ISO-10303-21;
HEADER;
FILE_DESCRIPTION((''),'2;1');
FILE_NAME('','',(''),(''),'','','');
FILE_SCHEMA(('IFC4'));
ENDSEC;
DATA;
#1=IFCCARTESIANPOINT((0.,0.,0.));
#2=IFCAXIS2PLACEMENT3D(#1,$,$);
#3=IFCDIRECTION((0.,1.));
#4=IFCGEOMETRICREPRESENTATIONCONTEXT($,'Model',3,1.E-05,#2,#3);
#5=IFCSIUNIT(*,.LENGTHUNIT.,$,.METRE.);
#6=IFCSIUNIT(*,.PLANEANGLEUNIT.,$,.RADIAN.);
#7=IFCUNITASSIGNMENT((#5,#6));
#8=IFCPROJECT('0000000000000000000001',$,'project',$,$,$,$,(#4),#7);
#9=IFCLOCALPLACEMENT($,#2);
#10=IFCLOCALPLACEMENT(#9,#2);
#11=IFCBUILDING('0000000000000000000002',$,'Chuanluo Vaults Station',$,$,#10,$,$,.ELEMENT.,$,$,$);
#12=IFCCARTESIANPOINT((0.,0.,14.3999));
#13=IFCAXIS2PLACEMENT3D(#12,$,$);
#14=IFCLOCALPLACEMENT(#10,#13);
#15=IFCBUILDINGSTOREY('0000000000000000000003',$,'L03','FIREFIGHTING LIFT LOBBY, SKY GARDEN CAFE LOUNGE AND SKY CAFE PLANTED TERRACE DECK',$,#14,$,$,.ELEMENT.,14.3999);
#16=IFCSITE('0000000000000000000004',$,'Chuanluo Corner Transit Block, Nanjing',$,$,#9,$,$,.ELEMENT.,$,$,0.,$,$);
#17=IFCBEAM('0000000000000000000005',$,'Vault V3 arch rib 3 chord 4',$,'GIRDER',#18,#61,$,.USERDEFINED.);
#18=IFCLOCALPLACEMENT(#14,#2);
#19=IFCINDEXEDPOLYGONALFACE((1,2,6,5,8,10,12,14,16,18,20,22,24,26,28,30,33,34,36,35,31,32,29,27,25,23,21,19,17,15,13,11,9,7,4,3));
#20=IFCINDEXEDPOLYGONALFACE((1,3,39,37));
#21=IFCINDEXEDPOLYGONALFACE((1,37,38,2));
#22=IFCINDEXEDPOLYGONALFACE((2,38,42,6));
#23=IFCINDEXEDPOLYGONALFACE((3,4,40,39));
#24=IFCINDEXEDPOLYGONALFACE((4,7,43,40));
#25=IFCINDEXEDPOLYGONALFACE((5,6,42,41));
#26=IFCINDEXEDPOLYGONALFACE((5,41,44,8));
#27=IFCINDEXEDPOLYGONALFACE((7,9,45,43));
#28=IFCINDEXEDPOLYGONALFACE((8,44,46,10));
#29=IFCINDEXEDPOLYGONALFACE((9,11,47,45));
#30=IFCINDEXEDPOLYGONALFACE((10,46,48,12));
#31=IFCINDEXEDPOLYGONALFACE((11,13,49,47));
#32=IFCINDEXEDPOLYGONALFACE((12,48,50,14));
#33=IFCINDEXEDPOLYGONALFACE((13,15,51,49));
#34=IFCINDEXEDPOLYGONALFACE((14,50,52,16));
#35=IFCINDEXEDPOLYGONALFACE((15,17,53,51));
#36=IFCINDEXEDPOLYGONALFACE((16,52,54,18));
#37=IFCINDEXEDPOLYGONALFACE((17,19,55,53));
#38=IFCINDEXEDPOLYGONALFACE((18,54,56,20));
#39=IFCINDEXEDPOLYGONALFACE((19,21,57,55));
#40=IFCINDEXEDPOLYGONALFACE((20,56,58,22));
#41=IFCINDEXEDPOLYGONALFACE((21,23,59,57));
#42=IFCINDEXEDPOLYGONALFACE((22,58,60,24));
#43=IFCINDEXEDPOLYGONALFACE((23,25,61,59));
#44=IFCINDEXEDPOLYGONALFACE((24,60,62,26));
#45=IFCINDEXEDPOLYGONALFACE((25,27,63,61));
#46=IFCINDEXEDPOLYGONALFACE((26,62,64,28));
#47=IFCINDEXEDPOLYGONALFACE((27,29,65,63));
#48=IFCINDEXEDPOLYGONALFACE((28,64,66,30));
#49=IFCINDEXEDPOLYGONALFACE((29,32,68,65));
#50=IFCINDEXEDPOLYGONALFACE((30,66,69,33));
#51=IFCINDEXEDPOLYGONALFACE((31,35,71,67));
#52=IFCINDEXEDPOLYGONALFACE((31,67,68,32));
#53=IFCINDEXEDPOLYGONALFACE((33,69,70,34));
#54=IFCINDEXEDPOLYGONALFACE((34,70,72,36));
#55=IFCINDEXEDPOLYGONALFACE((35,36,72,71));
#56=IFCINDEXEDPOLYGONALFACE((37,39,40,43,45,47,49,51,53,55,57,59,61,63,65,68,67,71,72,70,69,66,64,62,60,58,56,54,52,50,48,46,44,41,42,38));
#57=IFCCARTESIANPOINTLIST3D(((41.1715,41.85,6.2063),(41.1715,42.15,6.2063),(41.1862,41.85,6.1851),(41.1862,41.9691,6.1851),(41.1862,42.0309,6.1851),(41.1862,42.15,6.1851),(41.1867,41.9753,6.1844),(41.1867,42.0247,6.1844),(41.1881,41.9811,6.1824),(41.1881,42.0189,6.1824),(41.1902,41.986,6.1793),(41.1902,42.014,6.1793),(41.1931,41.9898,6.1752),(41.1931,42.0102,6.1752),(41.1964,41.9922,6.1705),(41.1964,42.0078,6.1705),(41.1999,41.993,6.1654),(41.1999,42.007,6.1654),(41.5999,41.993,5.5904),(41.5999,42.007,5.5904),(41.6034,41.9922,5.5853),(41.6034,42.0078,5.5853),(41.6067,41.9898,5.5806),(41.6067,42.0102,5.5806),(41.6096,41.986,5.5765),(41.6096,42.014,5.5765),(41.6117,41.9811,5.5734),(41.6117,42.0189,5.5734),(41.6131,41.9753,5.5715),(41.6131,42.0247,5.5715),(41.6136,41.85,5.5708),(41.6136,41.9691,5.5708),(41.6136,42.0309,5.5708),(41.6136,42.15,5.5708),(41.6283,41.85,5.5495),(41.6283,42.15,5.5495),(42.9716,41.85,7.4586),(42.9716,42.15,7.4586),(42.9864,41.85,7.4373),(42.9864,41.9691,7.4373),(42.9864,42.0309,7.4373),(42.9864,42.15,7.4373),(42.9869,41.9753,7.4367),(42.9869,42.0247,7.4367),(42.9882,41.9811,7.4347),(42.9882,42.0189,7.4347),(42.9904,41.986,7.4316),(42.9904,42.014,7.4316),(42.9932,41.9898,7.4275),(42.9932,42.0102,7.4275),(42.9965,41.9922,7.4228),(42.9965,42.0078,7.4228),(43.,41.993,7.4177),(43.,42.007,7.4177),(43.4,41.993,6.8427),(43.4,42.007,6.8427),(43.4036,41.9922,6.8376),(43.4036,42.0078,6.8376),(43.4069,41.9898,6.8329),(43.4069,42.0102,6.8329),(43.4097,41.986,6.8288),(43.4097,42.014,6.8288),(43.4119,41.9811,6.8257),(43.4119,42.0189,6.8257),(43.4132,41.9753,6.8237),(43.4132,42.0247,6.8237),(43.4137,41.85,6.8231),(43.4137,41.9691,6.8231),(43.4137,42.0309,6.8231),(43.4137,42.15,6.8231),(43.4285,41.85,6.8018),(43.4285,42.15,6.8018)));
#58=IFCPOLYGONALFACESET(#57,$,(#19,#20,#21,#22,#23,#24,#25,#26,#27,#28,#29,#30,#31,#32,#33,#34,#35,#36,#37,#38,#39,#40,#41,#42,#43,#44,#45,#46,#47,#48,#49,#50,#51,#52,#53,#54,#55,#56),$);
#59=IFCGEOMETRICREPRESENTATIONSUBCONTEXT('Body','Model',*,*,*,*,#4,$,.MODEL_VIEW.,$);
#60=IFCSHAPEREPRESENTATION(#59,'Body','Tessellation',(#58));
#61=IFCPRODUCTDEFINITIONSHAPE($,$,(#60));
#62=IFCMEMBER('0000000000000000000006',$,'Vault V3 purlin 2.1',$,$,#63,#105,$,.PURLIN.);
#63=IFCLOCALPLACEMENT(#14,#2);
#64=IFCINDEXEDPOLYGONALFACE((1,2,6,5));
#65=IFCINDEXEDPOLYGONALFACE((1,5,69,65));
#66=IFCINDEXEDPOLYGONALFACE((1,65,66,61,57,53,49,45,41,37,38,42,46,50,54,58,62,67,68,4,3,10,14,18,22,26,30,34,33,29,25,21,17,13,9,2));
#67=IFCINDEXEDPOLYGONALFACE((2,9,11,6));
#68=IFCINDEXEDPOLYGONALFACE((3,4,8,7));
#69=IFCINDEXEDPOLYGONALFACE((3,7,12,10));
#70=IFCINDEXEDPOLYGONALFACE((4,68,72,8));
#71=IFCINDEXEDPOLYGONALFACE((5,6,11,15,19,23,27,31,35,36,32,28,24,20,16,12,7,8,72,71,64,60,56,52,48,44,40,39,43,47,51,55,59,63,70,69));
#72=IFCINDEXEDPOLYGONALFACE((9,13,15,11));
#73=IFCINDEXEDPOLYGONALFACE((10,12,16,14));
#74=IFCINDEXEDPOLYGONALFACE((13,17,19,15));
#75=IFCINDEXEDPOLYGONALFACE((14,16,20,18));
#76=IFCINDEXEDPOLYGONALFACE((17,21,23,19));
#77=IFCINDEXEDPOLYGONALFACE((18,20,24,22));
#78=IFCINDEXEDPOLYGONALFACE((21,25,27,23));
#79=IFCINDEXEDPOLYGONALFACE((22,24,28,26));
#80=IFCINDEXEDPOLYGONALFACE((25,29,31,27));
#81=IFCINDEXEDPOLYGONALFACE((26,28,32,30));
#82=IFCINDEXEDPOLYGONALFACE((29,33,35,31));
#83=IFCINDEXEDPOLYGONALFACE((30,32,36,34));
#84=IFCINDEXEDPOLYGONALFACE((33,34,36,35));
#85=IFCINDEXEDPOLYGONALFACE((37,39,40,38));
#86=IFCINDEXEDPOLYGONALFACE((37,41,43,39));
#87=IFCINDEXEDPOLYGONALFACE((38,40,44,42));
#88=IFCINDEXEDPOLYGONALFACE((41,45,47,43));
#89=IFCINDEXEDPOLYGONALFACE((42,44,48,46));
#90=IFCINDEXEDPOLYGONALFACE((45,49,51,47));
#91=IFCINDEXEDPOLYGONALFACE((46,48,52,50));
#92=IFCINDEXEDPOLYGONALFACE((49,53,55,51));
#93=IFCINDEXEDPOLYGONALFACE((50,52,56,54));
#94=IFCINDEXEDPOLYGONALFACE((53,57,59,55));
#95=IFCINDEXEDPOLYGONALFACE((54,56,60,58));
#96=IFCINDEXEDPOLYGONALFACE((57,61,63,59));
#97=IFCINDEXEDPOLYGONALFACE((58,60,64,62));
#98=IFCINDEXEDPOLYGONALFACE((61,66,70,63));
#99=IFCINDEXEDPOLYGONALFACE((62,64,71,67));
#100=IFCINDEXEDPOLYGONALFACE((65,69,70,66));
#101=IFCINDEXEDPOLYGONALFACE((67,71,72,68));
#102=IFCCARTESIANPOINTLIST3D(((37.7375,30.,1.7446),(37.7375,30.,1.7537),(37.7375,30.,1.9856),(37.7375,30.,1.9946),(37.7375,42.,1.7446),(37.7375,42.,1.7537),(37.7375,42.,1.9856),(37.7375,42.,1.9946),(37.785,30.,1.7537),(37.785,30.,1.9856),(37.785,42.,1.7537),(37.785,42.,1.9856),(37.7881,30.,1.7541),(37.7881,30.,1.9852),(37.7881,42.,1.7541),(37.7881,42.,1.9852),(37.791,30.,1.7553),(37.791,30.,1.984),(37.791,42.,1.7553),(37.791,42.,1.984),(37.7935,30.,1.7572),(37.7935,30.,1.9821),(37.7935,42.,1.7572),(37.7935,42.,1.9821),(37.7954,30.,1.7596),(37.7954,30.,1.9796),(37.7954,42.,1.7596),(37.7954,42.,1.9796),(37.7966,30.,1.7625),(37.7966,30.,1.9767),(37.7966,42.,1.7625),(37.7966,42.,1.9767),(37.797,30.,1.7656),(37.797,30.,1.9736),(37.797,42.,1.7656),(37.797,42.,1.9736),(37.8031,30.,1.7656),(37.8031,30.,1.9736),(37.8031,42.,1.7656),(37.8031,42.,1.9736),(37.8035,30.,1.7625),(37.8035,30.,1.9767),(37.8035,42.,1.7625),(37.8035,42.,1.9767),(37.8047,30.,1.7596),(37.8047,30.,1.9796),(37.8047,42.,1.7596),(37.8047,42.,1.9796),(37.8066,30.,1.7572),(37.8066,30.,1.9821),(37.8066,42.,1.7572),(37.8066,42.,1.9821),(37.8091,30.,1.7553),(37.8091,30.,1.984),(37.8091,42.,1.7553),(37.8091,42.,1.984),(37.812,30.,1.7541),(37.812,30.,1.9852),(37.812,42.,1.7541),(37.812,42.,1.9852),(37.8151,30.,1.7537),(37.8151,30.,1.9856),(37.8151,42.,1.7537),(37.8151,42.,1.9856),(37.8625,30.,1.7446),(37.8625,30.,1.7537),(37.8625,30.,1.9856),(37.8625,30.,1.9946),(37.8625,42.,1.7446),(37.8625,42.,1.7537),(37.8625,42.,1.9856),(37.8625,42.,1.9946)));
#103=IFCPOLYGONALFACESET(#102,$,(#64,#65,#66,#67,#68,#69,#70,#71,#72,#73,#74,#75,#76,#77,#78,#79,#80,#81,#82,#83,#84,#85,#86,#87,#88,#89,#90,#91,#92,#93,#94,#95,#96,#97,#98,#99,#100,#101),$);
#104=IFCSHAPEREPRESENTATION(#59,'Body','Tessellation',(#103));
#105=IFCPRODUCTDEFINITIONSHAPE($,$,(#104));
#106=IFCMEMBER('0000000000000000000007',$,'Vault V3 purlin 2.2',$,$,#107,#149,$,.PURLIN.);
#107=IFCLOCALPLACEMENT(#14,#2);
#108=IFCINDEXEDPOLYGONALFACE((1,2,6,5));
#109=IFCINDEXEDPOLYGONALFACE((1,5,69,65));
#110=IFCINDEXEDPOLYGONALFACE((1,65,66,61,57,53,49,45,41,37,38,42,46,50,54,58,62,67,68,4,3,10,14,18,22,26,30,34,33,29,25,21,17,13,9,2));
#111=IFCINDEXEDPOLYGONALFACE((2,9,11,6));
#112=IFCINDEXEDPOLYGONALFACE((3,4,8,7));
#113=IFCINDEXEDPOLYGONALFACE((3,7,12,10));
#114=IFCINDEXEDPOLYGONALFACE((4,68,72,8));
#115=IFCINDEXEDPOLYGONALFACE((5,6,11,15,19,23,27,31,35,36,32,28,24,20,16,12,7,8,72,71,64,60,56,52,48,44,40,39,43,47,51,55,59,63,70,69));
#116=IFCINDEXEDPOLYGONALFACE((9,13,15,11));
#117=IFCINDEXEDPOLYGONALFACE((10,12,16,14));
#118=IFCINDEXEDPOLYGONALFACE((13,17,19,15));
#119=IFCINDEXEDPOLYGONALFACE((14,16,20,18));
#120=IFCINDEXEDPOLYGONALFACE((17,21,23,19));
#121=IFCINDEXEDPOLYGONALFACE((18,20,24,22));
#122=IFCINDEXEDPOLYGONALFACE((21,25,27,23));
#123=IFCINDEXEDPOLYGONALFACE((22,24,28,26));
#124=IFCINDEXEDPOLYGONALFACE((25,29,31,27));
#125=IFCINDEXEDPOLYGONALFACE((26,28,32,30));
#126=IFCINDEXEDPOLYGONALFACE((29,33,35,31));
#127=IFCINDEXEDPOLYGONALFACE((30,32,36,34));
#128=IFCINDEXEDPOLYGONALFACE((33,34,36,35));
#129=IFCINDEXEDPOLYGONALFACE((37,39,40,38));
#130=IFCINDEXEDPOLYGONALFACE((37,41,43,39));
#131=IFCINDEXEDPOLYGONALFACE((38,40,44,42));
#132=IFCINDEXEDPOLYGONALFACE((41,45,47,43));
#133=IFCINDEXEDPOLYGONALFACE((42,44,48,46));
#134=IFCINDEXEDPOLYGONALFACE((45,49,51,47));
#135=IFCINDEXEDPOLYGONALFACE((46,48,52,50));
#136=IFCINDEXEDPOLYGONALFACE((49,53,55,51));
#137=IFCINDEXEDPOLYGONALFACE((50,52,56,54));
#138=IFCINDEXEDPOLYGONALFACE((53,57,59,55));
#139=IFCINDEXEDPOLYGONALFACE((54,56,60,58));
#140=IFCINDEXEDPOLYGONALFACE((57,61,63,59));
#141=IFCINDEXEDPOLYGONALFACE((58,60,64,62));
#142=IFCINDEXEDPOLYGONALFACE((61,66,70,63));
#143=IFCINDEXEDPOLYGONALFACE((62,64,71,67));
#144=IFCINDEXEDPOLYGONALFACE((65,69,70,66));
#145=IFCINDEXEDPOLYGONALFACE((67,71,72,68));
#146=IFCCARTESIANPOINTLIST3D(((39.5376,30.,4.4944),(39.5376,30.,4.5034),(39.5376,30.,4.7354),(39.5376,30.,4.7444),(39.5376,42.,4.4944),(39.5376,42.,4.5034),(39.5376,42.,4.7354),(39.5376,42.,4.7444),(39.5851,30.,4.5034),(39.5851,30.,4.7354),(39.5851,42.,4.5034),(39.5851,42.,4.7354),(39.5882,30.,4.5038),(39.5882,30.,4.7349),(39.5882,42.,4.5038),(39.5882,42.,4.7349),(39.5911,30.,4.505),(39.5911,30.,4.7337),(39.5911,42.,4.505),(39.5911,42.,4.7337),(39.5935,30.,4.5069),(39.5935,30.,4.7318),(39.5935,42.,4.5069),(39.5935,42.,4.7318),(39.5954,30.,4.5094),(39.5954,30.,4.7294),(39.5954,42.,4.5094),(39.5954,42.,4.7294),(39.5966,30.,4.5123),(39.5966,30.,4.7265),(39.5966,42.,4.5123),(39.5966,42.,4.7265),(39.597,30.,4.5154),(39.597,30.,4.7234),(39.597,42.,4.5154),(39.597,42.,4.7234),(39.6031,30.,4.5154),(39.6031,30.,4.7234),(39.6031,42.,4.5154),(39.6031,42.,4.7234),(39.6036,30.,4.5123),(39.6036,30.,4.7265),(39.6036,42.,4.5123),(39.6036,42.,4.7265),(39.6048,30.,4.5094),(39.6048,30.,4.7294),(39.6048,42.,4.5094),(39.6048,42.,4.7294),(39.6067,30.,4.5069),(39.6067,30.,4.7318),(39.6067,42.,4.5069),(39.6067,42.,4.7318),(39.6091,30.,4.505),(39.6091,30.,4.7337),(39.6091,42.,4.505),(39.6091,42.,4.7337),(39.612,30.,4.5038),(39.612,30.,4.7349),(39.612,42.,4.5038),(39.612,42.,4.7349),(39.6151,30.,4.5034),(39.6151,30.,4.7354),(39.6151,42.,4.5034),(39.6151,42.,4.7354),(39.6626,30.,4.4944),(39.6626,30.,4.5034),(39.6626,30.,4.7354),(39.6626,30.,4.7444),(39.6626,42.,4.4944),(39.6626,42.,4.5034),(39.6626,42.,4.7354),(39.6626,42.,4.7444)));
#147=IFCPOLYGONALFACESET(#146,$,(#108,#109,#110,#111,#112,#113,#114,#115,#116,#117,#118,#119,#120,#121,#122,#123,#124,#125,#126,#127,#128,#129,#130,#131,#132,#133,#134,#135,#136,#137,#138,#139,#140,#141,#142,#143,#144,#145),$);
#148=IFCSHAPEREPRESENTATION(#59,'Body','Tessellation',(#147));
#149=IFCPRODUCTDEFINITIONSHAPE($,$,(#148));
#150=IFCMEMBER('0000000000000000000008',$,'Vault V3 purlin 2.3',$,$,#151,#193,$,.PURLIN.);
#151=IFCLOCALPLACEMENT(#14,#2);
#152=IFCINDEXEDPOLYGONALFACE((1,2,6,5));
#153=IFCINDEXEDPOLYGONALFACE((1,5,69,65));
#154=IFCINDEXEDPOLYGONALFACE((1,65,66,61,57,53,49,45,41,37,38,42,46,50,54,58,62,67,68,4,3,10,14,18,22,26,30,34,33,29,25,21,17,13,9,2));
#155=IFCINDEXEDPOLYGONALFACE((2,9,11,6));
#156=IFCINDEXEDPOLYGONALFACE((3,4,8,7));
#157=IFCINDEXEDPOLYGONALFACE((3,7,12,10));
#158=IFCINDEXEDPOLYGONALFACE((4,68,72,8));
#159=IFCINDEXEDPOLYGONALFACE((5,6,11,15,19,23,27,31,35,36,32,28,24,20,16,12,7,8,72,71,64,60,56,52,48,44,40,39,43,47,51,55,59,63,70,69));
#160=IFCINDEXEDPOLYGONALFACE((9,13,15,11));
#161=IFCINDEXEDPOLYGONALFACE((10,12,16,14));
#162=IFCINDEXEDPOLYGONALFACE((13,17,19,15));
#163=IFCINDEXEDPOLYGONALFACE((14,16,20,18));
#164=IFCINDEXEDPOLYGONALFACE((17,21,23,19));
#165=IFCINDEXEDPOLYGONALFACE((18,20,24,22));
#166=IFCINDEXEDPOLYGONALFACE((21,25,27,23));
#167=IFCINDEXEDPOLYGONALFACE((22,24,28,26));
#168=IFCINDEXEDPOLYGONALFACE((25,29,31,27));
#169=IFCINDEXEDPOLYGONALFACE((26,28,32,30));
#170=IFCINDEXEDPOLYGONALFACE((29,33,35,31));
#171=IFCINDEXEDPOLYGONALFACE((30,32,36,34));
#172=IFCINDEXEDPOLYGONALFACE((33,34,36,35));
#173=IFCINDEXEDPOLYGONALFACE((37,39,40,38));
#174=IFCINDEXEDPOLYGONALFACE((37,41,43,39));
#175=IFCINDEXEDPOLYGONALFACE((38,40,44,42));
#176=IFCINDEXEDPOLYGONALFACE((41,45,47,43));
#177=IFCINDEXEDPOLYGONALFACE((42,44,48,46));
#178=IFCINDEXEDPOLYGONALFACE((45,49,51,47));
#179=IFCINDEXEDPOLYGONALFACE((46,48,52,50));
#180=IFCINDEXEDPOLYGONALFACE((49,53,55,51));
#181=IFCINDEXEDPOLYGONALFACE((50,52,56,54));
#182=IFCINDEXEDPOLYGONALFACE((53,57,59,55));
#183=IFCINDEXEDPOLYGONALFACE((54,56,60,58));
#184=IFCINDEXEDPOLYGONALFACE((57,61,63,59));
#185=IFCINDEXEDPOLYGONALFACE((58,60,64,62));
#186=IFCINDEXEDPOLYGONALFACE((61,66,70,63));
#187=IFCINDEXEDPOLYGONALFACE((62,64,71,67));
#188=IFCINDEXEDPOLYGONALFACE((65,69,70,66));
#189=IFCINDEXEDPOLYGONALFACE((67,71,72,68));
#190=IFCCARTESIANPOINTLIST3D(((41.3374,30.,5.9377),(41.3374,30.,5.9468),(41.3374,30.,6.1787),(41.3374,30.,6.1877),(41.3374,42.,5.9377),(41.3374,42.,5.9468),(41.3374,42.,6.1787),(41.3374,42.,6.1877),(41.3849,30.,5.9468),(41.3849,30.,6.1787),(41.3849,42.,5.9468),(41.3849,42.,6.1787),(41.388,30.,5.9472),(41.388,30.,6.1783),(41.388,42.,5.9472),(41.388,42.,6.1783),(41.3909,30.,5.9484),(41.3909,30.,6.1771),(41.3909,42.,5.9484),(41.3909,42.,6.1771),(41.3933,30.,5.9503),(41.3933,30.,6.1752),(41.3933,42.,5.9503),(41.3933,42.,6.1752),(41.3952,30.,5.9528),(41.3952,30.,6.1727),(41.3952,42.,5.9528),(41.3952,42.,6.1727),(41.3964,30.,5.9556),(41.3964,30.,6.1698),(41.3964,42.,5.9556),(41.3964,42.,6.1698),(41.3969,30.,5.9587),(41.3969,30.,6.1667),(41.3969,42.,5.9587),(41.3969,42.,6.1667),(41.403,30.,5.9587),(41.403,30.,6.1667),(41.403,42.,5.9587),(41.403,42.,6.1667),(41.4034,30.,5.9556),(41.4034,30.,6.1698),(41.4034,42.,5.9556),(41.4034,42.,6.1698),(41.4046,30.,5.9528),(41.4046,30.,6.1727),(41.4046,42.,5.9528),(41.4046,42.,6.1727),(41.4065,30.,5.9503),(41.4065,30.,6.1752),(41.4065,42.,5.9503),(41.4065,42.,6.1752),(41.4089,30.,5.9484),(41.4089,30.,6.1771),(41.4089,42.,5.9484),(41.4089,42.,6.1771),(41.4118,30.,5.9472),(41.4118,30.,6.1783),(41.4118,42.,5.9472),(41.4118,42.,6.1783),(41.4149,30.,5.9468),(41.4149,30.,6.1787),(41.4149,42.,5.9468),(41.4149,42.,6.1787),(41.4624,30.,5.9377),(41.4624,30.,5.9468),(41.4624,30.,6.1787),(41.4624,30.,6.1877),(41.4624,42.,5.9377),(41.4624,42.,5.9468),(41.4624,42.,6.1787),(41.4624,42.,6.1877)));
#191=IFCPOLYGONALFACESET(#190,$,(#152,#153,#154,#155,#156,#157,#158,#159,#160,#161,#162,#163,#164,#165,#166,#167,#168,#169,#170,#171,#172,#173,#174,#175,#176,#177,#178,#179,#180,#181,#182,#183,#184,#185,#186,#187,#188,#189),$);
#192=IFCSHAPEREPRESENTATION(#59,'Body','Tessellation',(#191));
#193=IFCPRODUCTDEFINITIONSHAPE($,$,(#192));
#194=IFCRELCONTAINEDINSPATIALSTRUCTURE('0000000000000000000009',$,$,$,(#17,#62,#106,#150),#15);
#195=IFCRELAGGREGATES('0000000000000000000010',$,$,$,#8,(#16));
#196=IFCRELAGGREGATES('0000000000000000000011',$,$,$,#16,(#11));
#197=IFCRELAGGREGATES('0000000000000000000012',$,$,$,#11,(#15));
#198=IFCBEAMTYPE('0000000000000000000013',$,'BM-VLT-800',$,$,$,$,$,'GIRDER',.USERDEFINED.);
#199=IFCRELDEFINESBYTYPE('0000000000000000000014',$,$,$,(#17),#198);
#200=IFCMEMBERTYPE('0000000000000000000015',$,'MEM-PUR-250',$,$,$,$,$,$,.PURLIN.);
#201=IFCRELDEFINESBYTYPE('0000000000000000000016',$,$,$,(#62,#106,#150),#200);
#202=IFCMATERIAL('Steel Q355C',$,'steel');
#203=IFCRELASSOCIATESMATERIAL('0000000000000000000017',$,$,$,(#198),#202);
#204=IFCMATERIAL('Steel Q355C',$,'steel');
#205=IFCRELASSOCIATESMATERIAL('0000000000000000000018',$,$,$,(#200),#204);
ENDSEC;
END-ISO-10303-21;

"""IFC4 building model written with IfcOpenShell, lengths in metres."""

from ifc_helpers import new_model, si_unit, direction, frame, origin, origin_2d, place, context, subcontext, project, spatial, i_section, extrude, material, material_profile, profile_set, type_object, element, save


model = new_model("IFC4")

# Units and contexts
model_context = context("Model", 3, precision=1e-05, world=origin(), true_north=direction((0.0, 1.0)))
body_context = subcontext(model_context, "Body", "Model", "MODEL_VIEW")
ifc_project = project(units=[si_unit("LENGTHUNIT", "METRE"), si_unit("PLANEANGLEUNIT", "RADIAN")], contexts=[model_context])

# Site, building, storey
site_placement = place(None, origin())
site = spatial("IfcSite", under=ifc_project, at=site_placement, Name="Chuanluo Corner Transit Block, Nanjing", CompositionType="ELEMENT", RefElevation=0.0)
building_placement = place(site_placement, origin())
building = spatial("IfcBuilding", under=site, at=building_placement, Name="Chuanluo Vaults Station", CompositionType="ELEMENT")
storey_placement = place(building_placement, frame((0.0, 0.0, 14.3999)))
storey = spatial("IfcBuildingStorey", under=building, at=storey_placement, Name="L03", Description="FIREFIGHTING LIFT LOBBY, SKY GARDEN CAFE LOUNGE AND SKY CAFE PLANTED TERRACE DECK", CompositionType="ELEMENT", Elevation=14.3999)

# Beam
ifc_material_1 = material(Name="Steel Q355C", Category="steel")
ifc_material_profile_1 = material_profile(ifc_material_1, i_section(OverallWidth=0.3, OverallDepth=0.8, WebThickness=0.0139, FlangeThickness=0.0259, FilletRadius=0.0239, at=origin_2d()))
ifc_profile_set_1 = profile_set([ifc_material_profile_1], Name="Steel Q355C")
beam_type = type_object("IfcBeamType", Name="BM-VLT-800", ElementType="GIRDER", PredefinedType="USERDEFINED", material=ifc_profile_set_1)
beam_1_placement = place(storey_placement, frame((41.3999, 42.0, 5.8779), z_axis=(0.820907, 0.0, 0.571061), x_axis=(0.0, 1.0, 0.0)))
element("IfcBeam", 1, at=beam_1_placement, inside=storey, type_object=beam_type, Name="Vault V3 arch rib 3 chord 4", ObjectType="GIRDER", PredefinedType="USERDEFINED", context=body_context, shape_type="SweptSolid", body=[
    extrude(i_section(OverallWidth=0.3, OverallDepth=0.8, WebThickness=0.0139, FlangeThickness=0.0259, FilletRadius=0.0239, at=origin_2d()), origin(), (0.0, 0.0, 1.0), 2.1929),
])

# Members
ifc_material_2 = material(Name="Steel Q355C", Category="steel")
ifc_material_profile_2 = material_profile(ifc_material_2, i_section(OverallWidth=0.125, OverallDepth=0.25, WebThickness=0.0061, FlangeThickness=0.009, FilletRadius=0.012, at=origin_2d()))
ifc_profile_set_2 = profile_set([ifc_material_profile_2], Name="Steel Q355C")
member_type_1 = type_object("IfcMemberType", Name="MEM-PUR-250", PredefinedType="PURLIN", material=ifc_profile_set_2)
for number, where, z_axis, x_axis, name in (
    (2, (37.8, 30.0, 1.8696), (0.0, 1.0, 0.0), (-1.0, 0.0, 0.0), "Vault V3 purlin 2.1"),
    (3, (39.6001, 30.0, 4.6194), (0.0, 1.0, 0.0), (-1.0, 0.0, 0.0), "Vault V3 purlin 2.2"),
    (4, (41.3999, 30.0, 6.0627), (0.0, 1.0, 0.0), (-1.0, 0.0, 0.0), "Vault V3 purlin 2.3"),
):
    element("IfcMember", number, at=place(storey_placement, frame(where, z_axis=z_axis, x_axis=x_axis)), inside=storey, type_object=member_type_1, Name=name, PredefinedType="PURLIN", context=body_context, shape_type="SweptSolid", body=[
        extrude(i_section(OverallWidth=0.125, OverallDepth=0.25, WebThickness=0.0061, FlangeThickness=0.009, FilletRadius=0.012, at=origin_2d()), origin(), (0.0, 0.0, 1.0), 12.0),
    ])

save(model, "model.ifc")
